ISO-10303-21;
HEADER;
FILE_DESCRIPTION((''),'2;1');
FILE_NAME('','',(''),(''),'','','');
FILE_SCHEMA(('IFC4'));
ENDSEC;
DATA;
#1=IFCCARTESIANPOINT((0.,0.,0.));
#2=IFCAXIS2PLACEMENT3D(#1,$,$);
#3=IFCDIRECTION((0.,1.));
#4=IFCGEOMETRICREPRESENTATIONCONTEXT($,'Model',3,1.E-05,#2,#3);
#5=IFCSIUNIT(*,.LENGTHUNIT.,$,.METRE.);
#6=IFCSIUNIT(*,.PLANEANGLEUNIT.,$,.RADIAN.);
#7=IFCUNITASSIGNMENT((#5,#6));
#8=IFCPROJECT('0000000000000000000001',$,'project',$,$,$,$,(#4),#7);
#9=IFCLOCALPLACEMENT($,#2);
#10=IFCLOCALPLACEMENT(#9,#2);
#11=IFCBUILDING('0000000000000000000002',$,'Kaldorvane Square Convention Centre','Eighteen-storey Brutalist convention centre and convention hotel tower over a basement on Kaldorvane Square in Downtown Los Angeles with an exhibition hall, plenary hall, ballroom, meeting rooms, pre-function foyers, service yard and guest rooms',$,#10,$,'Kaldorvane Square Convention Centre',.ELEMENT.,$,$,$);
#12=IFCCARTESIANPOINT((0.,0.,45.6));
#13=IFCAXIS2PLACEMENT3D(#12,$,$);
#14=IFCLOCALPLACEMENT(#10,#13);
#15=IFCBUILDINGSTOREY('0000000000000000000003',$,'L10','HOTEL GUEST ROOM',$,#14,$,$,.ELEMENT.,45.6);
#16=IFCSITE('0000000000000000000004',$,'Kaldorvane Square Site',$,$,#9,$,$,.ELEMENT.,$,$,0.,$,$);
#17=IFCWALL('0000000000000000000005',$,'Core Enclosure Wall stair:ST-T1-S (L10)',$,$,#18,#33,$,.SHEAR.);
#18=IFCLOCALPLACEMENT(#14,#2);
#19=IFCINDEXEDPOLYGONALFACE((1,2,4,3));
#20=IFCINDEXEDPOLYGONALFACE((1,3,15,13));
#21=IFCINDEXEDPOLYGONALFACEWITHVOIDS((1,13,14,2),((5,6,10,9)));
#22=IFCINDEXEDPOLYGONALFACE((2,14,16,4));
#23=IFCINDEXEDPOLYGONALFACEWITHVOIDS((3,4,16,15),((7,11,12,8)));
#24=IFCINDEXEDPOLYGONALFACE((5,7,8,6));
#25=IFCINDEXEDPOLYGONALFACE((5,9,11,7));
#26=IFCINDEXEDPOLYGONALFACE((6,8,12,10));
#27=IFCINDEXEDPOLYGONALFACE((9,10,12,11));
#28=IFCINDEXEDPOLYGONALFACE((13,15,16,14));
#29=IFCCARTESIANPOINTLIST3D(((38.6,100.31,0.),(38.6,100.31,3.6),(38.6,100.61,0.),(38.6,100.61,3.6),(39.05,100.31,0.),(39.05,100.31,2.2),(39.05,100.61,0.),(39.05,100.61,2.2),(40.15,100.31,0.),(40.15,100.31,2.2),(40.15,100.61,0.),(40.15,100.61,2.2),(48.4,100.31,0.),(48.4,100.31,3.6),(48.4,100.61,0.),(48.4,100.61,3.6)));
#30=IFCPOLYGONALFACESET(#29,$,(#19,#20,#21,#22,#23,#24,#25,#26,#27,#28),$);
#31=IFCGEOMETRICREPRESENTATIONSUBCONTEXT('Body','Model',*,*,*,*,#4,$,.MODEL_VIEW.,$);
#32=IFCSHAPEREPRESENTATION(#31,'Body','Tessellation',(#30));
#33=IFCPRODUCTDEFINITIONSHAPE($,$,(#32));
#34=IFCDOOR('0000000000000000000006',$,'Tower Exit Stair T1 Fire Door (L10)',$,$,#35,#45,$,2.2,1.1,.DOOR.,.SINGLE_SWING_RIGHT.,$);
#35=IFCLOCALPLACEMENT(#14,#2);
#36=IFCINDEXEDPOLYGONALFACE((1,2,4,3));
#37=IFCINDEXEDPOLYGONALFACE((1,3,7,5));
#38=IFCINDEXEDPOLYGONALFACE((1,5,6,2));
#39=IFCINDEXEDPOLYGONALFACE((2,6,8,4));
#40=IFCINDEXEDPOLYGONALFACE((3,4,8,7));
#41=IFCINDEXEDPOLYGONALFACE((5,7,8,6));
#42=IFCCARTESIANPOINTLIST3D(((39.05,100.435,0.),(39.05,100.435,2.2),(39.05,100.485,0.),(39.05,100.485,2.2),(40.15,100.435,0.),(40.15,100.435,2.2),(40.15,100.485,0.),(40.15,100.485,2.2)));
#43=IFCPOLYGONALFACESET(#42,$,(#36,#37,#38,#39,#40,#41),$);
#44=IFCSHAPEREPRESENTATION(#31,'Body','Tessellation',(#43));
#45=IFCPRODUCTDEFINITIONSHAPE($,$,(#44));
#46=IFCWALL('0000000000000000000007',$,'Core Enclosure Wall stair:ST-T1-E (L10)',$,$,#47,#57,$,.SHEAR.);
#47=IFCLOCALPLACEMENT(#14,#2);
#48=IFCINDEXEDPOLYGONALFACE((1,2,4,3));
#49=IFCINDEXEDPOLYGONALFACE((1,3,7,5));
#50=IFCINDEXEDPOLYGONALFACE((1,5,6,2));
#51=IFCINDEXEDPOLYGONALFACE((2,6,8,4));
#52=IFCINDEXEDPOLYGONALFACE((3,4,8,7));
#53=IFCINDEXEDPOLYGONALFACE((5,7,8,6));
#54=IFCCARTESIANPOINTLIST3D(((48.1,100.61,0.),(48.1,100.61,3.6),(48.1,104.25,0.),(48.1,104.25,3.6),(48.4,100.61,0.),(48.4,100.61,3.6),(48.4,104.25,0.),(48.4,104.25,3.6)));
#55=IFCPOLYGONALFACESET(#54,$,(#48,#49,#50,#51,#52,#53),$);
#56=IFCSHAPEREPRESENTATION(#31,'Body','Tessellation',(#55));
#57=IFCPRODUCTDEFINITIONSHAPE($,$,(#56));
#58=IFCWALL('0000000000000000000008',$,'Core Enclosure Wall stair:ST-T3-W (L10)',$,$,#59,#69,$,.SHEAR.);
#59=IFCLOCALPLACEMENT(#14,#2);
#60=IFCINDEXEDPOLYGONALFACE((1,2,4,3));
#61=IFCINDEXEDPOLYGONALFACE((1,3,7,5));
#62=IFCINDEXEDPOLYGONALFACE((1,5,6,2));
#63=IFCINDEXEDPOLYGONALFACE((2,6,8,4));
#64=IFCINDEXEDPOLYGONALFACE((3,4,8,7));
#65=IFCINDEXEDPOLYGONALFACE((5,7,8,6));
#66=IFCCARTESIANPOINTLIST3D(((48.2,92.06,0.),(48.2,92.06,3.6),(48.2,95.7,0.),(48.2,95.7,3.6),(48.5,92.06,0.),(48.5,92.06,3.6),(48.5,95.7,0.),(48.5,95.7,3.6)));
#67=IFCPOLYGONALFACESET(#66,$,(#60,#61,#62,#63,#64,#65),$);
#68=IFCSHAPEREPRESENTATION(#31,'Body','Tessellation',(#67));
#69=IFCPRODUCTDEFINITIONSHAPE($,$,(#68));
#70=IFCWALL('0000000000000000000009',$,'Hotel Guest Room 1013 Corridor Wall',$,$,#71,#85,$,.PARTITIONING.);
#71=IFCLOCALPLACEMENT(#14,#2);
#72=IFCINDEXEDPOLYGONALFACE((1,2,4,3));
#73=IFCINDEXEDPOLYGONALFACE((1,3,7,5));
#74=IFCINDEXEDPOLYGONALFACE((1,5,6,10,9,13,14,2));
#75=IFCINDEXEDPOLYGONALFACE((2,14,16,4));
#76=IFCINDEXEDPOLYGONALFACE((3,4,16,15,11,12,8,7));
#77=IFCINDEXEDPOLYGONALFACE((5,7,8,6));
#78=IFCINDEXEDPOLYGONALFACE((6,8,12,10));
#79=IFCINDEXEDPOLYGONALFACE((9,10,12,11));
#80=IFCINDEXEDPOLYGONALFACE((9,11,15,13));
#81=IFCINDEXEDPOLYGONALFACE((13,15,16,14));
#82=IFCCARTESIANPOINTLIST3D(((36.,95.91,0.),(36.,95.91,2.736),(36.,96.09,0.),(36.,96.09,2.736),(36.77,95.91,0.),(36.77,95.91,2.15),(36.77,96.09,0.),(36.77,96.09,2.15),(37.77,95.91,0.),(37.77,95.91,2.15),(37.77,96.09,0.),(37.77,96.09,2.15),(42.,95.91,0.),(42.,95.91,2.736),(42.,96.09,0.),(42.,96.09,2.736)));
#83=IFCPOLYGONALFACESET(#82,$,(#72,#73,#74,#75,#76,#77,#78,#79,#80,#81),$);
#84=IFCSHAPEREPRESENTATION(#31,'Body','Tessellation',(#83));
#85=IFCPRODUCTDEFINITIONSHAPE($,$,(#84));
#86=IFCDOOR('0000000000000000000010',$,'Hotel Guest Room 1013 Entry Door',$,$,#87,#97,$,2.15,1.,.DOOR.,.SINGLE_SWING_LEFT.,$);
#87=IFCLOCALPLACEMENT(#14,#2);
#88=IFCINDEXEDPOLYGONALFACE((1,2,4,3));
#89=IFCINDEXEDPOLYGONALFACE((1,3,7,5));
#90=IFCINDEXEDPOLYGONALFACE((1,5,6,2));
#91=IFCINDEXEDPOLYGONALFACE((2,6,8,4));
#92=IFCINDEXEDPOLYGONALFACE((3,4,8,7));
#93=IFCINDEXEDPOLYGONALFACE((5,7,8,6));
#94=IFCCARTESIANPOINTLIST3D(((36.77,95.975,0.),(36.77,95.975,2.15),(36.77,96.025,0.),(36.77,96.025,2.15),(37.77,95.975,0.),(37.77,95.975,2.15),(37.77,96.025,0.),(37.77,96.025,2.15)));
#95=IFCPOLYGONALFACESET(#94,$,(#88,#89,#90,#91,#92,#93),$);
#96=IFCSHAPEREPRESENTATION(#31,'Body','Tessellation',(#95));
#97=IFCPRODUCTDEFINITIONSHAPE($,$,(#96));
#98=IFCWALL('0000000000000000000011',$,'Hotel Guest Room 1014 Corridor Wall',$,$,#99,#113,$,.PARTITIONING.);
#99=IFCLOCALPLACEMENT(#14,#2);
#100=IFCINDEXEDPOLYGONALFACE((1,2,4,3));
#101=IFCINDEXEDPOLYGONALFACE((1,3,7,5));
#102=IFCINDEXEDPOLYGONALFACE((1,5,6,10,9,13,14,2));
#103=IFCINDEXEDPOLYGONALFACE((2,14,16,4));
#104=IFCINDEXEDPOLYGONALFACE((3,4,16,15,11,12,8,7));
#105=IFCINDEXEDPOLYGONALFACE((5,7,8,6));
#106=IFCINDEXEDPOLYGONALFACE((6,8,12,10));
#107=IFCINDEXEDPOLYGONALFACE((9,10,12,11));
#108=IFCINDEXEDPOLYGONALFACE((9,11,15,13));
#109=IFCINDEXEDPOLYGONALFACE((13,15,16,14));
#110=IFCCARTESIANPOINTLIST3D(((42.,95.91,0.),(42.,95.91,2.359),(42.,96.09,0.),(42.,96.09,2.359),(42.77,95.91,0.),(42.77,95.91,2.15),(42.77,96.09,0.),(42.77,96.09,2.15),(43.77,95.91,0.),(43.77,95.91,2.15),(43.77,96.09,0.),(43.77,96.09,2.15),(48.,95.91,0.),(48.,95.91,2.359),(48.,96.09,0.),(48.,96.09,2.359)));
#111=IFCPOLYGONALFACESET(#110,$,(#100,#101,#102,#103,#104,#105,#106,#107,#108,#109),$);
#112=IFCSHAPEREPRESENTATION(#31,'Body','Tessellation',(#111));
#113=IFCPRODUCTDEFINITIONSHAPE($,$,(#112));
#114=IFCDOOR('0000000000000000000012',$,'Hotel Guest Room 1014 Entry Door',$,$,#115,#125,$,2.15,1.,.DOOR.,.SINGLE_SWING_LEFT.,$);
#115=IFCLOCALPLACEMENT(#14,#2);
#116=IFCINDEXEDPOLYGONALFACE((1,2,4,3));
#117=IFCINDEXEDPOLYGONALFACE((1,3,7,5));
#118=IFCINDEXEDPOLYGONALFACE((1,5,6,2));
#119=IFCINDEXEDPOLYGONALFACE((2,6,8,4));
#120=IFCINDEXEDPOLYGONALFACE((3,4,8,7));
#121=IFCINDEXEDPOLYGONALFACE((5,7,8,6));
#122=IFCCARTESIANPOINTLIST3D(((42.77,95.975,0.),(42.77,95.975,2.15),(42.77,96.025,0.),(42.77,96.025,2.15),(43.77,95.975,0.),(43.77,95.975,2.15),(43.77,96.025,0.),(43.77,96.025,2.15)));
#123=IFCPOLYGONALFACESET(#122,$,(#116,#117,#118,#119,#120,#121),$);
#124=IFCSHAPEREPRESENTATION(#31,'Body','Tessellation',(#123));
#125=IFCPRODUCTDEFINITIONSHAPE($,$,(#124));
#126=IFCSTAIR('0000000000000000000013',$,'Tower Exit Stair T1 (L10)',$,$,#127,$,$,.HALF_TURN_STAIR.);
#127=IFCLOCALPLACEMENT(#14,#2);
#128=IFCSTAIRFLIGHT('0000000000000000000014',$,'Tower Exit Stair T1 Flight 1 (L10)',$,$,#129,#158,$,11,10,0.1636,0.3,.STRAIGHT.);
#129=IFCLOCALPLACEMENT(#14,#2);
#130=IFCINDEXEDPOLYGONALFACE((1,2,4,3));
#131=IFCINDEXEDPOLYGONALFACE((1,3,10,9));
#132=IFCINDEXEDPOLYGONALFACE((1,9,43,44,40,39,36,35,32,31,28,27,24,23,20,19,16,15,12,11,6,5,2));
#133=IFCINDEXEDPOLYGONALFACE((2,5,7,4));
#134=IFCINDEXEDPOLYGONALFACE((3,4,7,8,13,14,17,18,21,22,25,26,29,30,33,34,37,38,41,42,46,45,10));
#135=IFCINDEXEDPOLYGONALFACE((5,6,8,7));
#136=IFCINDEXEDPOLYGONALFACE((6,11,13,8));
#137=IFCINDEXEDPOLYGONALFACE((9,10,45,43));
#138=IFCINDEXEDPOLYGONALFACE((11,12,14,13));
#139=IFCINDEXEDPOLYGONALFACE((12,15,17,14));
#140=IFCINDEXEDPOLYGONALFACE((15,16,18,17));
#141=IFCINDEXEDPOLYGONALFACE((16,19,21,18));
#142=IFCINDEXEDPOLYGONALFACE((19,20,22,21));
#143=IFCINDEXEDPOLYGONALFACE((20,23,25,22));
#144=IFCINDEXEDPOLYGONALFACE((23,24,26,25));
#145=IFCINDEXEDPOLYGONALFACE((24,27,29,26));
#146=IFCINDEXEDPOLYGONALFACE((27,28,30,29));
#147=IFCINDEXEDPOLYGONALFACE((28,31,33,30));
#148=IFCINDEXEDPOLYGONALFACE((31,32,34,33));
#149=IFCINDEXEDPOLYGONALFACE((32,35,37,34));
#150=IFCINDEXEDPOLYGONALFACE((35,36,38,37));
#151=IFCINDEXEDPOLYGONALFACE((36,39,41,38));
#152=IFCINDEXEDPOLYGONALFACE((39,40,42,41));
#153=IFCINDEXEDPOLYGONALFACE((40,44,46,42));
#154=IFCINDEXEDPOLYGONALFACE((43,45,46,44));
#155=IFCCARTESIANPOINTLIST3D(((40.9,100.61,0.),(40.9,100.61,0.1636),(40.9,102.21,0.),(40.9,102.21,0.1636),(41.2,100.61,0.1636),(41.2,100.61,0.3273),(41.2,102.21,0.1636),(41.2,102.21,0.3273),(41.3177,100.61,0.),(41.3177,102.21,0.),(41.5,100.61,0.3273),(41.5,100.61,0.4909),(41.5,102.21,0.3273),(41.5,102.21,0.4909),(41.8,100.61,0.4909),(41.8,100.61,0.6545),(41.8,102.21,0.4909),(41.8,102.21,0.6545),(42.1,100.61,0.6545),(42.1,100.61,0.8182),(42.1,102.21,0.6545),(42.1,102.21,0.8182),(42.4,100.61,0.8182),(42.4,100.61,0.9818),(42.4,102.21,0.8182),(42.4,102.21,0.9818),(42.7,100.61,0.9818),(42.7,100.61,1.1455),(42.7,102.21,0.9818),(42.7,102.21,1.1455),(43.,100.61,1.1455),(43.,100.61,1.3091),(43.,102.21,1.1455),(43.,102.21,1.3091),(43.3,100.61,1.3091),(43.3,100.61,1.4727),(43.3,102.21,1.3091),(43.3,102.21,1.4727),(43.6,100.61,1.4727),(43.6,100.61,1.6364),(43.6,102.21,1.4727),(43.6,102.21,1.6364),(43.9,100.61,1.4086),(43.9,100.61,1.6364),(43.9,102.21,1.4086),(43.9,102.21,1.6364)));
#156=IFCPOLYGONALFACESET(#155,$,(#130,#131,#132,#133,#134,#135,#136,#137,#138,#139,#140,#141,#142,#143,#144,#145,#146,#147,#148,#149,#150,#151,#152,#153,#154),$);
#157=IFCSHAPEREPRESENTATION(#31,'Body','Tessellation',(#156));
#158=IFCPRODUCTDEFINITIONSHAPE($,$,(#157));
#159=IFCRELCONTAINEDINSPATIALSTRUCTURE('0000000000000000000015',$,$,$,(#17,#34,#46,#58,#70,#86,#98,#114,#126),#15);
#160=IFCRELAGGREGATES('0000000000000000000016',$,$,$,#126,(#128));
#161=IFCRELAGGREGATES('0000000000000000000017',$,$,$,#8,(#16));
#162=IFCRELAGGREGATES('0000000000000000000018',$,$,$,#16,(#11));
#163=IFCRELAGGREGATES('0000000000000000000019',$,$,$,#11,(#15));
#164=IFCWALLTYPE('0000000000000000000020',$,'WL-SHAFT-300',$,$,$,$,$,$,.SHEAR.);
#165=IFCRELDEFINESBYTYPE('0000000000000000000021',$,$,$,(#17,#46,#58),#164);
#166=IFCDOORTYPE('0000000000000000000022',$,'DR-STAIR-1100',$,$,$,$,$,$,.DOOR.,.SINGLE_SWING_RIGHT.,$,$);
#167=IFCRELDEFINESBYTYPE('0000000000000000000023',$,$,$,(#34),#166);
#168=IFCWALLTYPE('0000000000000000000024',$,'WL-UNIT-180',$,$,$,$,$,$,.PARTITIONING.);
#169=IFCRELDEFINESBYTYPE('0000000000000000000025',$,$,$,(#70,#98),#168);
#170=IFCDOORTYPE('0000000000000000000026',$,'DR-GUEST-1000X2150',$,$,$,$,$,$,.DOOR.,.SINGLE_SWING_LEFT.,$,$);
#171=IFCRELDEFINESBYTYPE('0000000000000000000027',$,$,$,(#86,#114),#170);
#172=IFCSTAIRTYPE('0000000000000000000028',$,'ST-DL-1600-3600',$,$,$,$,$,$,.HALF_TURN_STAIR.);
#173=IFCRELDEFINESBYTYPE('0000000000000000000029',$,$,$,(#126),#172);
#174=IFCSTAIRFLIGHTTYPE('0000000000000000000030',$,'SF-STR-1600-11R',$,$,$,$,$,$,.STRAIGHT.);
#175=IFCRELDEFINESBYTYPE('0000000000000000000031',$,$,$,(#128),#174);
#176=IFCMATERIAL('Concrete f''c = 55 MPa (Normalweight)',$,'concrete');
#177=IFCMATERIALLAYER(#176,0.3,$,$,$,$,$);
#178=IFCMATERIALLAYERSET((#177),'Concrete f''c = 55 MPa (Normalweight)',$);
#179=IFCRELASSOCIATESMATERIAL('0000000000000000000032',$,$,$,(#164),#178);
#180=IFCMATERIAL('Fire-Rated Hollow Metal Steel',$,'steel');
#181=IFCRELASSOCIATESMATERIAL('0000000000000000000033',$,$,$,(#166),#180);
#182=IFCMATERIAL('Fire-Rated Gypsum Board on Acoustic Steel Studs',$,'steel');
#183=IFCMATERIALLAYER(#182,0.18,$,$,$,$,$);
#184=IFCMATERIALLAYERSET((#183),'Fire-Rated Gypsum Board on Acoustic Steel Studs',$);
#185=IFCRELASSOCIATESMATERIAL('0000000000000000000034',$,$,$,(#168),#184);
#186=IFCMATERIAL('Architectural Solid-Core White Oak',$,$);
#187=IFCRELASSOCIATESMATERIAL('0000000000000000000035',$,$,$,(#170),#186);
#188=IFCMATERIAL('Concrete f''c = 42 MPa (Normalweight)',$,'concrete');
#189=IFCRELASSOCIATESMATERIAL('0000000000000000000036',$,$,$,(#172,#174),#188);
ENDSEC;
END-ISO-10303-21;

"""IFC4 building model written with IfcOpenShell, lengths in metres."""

from ifc_helpers import new_model, si_unit, direction, frame, frame_2d, origin, place, context, subcontext, project, spatial, polyline, rectangle, outline, extrude, material, layer, layer_set, type_object, element, fill, aggregate, save


model = new_model("IFC4")

# Units and contexts
model_context = context("Model", 3, precision=1e-05, world=origin(), true_north=direction((0.0, 1.0)))
body_context = subcontext(model_context, "Body", "Model", "MODEL_VIEW")
ifc_project = project(units=[si_unit("LENGTHUNIT", "METRE"), si_unit("PLANEANGLEUNIT", "RADIAN")], contexts=[model_context])

# Site, building, storey
site_placement = place(None, origin())
site = spatial("IfcSite", under=ifc_project, at=site_placement, Name="Kaldorvane Square Site", CompositionType="ELEMENT", RefElevation=0.0)
building_placement = place(site_placement, origin())
building = spatial("IfcBuilding", under=site, at=building_placement, Name="Kaldorvane Square Convention Centre", Description="Eighteen-storey Brutalist convention centre and convention hotel tower over a basement on Kaldorvane Square in Downtown Los Angeles with an exhibition hall, plenary hall, ballroom, meeting rooms, pre-function foyers, service yard and guest rooms", LongName="Kaldorvane Square Convention Centre", CompositionType="ELEMENT")
storey_placement = place(building_placement, frame((0.0, 0.0, 45.6)))
storey = spatial("IfcBuildingStorey", under=building, at=storey_placement, Name="L10", Description="HOTEL GUEST ROOM", CompositionType="ELEMENT", Elevation=45.6)

# Shared definitions
ifc_material_1 = material(Name="Fire-Rated Gypsum Board on Acoustic Steel Studs", Category="steel")
ifc_material_2 = material(Name="Architectural Solid-Core White Oak")

# Wall, opening, door
ifc_material_3 = material(Name="Concrete f'c = 55 MPa (Normalweight)", Category="concrete")
ifc_layer_1 = layer(ifc_material_3, 0.3)
ifc_layer_set_1 = layer_set([ifc_layer_1], Name="Concrete f'c = 55 MPa (Normalweight)")
wall_type_1 = type_object("IfcWallType", Name="WL-SHAFT-300", PredefinedType="SHEAR", material=ifc_layer_set_1)
wall_1_placement = place(storey_placement, frame((38.6, 100.46, 0.0), z_axis=(0.0, 0.0, 1.0), x_axis=(1.0, 0.0, 0.0)))
wall_1 = element("IfcWall", 1, at=wall_1_placement, inside=storey, type_object=wall_type_1, Name="Core Enclosure Wall stair:ST-T1-S (L10)", PredefinedType="SHEAR", context=body_context, shape_type="SweptSolid", body=[
    extrude(rectangle(XDim=9.8, YDim=0.3, at=frame_2d((4.9, 0.0))), origin(), (0.0, 0.0, 1.0), 3.6),
])
opening_1_placement = place(wall_1_placement, frame((0.45, 0.0, 0.0)))
opening_1 = element("IfcOpeningElement", 2, at=opening_1_placement, cuts=wall_1, PredefinedType="OPENING", context=body_context, shape_type="SweptSolid", body=[
    extrude(rectangle(XDim=1.1, YDim=2.2, at=frame_2d((0.55, 1.1))), frame((0.0, 0.165, 0.0), z_axis=(0.0, -1.0, 0.0), x_axis=(1.0, 0.0, 0.0)), (0.0, 0.0, 1.0), 0.33),
])
ifc_material_4 = material(Name="Fire-Rated Hollow Metal Steel", Category="steel")
door_type_1 = type_object("IfcDoorType", Name="DR-STAIR-1100", OperationType="SINGLE_SWING_RIGHT", PredefinedType="DOOR", material=ifc_material_4)
door_1_placement = place(opening_1_placement, origin())
door_1 = element("IfcDoor", 3, at=door_1_placement, inside=storey, type_object=door_type_1, Name="Tower Exit Stair T1 Fire Door (L10)", OperationType="SINGLE_SWING_RIGHT", OverallHeight=2.2, OverallWidth=1.1, PredefinedType="DOOR", context=body_context, shape_type="SweptSolid", body=[
    extrude(rectangle(XDim=1.1, YDim=2.2, at=frame_2d((0.55, 1.1))), frame((0.0, 0.025, 0.0), z_axis=(0.0, -1.0, 0.0), x_axis=(1.0, 0.0, 0.0)), (0.0, 0.0, 1.0), 0.05),
])
fill(opening_1, door_1)

# Walls
for number, where, z_axis, x_axis, name in (
    (4, (48.25, 100.61, 0.0), (0.0, 0.0, 1.0), (0.0, 1.0, 0.0), "Core Enclosure Wall stair:ST-T1-E (L10)"),
    (5, (48.35, 95.7, 0.0), (0.0, 0.0, 1.0), (0.0, -1.0, 0.0), "Core Enclosure Wall stair:ST-T3-W (L10)"),
):
    element("IfcWall", number, at=place(storey_placement, frame(where, z_axis=z_axis, x_axis=x_axis)), inside=storey, type_object=wall_type_1, Name=name, PredefinedType="SHEAR", context=body_context, shape_type="SweptSolid", body=[
        extrude(rectangle(XDim=3.64, YDim=0.3, at=frame_2d((1.82, 0.0))), origin(), (0.0, 0.0, 1.0), 3.6),
    ])

# Walls, openings, doors
ifc_layer_2 = layer(ifc_material_1, 0.18)
ifc_layer_set_2 = layer_set([ifc_layer_2], Name="Fire-Rated Gypsum Board on Acoustic Steel Studs")
wall_type_2 = type_object("IfcWallType", Name="WL-UNIT-180", PredefinedType="PARTITIONING", material=ifc_layer_set_2)
wall_2_placement = place(storey_placement, frame((36.0, 96.0, 0.0), z_axis=(0.0, 0.0, 1.0), x_axis=(1.0, 0.0, 0.0)))
wall_2 = element("IfcWall", 6, at=wall_2_placement, inside=storey, type_object=wall_type_2, Name="Hotel Guest Room 1013 Corridor Wall", PredefinedType="PARTITIONING", context=body_context, shape_type="SweptSolid", body=[
    extrude(rectangle(XDim=6.0, YDim=0.18, at=frame_2d((3.0, 0.0))), origin(), (0.0, 0.0, 1.0), 2.736),
])
opening_2_placement = place(wall_2_placement, frame((0.77, 0.0, 0.0)))
opening_2 = element("IfcOpeningElement", 7, at=opening_2_placement, cuts=wall_2, PredefinedType="OPENING", context=body_context, shape_type="SweptSolid", body=[
    extrude(rectangle(XDim=1.0, YDim=2.15, at=frame_2d((0.5, 1.075))), frame((0.0, 0.105, 0.0), z_axis=(0.0, -1.0, 0.0), x_axis=(1.0, 0.0, 0.0)), (0.0, 0.0, 1.0), 0.21),
])
door_type_2 = type_object("IfcDoorType", Name="DR-GUEST-1000X2150", OperationType="SINGLE_SWING_LEFT", PredefinedType="DOOR", material=ifc_material_2)
door_2_placement = place(opening_2_placement, origin())
door_2 = element("IfcDoor", 8, at=door_2_placement, inside=storey, type_object=door_type_2, Name="Hotel Guest Room 1013 Entry Door", OperationType="SINGLE_SWING_LEFT", OverallHeight=2.15, OverallWidth=1.0, PredefinedType="DOOR", context=body_context, shape_type="SweptSolid", body=[
    extrude(rectangle(XDim=1.0, YDim=2.15, at=frame_2d((0.5, 1.075))), frame((0.0, 0.025, 0.0), z_axis=(0.0, -1.0, 0.0), x_axis=(1.0, 0.0, 0.0)), (0.0, 0.0, 1.0), 0.05),
])
fill(opening_2, door_2)
wall_3_placement = place(storey_placement, frame((42.0, 96.0, 0.0), z_axis=(0.0, 0.0, 1.0), x_axis=(1.0, 0.0, 0.0)))
wall_3 = element("IfcWall", 9, at=wall_3_placement, inside=storey, type_object=wall_type_2, Name="Hotel Guest Room 1014 Corridor Wall", PredefinedType="PARTITIONING", context=body_context, shape_type="SweptSolid", body=[
    extrude(rectangle(XDim=6.0, YDim=0.18, at=frame_2d((3.0, 0.0))), origin(), (0.0, 0.0, 1.0), 2.359),
])
opening_3_placement = place(wall_3_placement, frame((0.77, 0.0, 0.0)))
opening_3 = element("IfcOpeningElement", 10, at=opening_3_placement, cuts=wall_3, PredefinedType="OPENING", context=body_context, shape_type="SweptSolid", body=[
    extrude(rectangle(XDim=1.0, YDim=2.15, at=frame_2d((0.5, 1.075))), frame((0.0, 0.105, 0.0), z_axis=(0.0, -1.0, 0.0), x_axis=(1.0, 0.0, 0.0)), (0.0, 0.0, 1.0), 0.21),
])
door_3_placement = place(opening_3_placement, origin())
door_3 = element("IfcDoor", 11, at=door_3_placement, inside=storey, type_object=door_type_2, Name="Hotel Guest Room 1014 Entry Door", OperationType="SINGLE_SWING_LEFT", OverallHeight=2.15, OverallWidth=1.0, PredefinedType="DOOR", context=body_context, shape_type="SweptSolid", body=[
    extrude(rectangle(XDim=1.0, YDim=2.15, at=frame_2d((0.5, 1.075))), frame((0.0, 0.025, 0.0), z_axis=(0.0, -1.0, 0.0), x_axis=(1.0, 0.0, 0.0)), (0.0, 0.0, 1.0), 0.05),
])
fill(opening_3, door_3)

# Stair, stair flight
ifc_material_5 = material(Name="Concrete f'c = 42 MPa (Normalweight)", Category="concrete")
stair_type = type_object("IfcStairType", Name="ST-DL-1600-3600", PredefinedType="HALF_TURN_STAIR", material=ifc_material_5)
stair_1_placement = place(storey_placement, origin())
stair_1 = element("IfcStair", 12, at=stair_1_placement, inside=storey, type_object=stair_type, Name="Tower Exit Stair T1 (L10)", PredefinedType="HALF_TURN_STAIR")
stair_flight_type = type_object("IfcStairFlightType", Name="SF-STR-1600-11R", PredefinedType="STRAIGHT", material=ifc_material_5)
stair_flight_1_placement = place(storey_placement, frame((40.9, 101.41, 0.0), z_axis=(0.0, 0.0, 1.0), x_axis=(1.0, 0.0, 0.0)))
stair_flight_1 = element("IfcStairFlight", 13, at=stair_flight_1_placement, type_object=stair_flight_type, Name="Tower Exit Stair T1 Flight 1 (L10)", NumberOfRisers=11, NumberOfTreads=10, PredefinedType="STRAIGHT", RiserHeight=0.1636, TreadLength=0.3, context=body_context, shape_type="SweptSolid", body=[
    extrude(outline(polyline([(0.0, 0.0), (0.0, 0.1636), (0.3, 0.1636), (0.3, 0.3273), (0.6, 0.3273), (0.6, 0.4909), (0.9, 0.4909), (0.9, 0.6545), (1.2, 0.6545), (1.2, 0.8182), (1.5, 0.8182), (1.5, 0.9818), (1.8, 0.9818), (1.8, 1.1455), (2.1, 1.1455), (2.1, 1.3091), (2.4, 1.3091), (2.4, 1.4727), (2.7, 1.4727), (2.7, 1.6364), (3.0, 1.6364), (3.0, 1.8), (3.0, 1.4086), (0.4177, 0.0), (0.0, 0.0)])), frame((0.0, 0.8, 0.0), z_axis=(0.0, -1.0, 0.0), x_axis=(1.0, 0.0, 0.0)), (0.0, 0.0, 1.0), 1.6),
])
aggregate(stair_1, [stair_flight_1])

save(model, "model.ifc")
